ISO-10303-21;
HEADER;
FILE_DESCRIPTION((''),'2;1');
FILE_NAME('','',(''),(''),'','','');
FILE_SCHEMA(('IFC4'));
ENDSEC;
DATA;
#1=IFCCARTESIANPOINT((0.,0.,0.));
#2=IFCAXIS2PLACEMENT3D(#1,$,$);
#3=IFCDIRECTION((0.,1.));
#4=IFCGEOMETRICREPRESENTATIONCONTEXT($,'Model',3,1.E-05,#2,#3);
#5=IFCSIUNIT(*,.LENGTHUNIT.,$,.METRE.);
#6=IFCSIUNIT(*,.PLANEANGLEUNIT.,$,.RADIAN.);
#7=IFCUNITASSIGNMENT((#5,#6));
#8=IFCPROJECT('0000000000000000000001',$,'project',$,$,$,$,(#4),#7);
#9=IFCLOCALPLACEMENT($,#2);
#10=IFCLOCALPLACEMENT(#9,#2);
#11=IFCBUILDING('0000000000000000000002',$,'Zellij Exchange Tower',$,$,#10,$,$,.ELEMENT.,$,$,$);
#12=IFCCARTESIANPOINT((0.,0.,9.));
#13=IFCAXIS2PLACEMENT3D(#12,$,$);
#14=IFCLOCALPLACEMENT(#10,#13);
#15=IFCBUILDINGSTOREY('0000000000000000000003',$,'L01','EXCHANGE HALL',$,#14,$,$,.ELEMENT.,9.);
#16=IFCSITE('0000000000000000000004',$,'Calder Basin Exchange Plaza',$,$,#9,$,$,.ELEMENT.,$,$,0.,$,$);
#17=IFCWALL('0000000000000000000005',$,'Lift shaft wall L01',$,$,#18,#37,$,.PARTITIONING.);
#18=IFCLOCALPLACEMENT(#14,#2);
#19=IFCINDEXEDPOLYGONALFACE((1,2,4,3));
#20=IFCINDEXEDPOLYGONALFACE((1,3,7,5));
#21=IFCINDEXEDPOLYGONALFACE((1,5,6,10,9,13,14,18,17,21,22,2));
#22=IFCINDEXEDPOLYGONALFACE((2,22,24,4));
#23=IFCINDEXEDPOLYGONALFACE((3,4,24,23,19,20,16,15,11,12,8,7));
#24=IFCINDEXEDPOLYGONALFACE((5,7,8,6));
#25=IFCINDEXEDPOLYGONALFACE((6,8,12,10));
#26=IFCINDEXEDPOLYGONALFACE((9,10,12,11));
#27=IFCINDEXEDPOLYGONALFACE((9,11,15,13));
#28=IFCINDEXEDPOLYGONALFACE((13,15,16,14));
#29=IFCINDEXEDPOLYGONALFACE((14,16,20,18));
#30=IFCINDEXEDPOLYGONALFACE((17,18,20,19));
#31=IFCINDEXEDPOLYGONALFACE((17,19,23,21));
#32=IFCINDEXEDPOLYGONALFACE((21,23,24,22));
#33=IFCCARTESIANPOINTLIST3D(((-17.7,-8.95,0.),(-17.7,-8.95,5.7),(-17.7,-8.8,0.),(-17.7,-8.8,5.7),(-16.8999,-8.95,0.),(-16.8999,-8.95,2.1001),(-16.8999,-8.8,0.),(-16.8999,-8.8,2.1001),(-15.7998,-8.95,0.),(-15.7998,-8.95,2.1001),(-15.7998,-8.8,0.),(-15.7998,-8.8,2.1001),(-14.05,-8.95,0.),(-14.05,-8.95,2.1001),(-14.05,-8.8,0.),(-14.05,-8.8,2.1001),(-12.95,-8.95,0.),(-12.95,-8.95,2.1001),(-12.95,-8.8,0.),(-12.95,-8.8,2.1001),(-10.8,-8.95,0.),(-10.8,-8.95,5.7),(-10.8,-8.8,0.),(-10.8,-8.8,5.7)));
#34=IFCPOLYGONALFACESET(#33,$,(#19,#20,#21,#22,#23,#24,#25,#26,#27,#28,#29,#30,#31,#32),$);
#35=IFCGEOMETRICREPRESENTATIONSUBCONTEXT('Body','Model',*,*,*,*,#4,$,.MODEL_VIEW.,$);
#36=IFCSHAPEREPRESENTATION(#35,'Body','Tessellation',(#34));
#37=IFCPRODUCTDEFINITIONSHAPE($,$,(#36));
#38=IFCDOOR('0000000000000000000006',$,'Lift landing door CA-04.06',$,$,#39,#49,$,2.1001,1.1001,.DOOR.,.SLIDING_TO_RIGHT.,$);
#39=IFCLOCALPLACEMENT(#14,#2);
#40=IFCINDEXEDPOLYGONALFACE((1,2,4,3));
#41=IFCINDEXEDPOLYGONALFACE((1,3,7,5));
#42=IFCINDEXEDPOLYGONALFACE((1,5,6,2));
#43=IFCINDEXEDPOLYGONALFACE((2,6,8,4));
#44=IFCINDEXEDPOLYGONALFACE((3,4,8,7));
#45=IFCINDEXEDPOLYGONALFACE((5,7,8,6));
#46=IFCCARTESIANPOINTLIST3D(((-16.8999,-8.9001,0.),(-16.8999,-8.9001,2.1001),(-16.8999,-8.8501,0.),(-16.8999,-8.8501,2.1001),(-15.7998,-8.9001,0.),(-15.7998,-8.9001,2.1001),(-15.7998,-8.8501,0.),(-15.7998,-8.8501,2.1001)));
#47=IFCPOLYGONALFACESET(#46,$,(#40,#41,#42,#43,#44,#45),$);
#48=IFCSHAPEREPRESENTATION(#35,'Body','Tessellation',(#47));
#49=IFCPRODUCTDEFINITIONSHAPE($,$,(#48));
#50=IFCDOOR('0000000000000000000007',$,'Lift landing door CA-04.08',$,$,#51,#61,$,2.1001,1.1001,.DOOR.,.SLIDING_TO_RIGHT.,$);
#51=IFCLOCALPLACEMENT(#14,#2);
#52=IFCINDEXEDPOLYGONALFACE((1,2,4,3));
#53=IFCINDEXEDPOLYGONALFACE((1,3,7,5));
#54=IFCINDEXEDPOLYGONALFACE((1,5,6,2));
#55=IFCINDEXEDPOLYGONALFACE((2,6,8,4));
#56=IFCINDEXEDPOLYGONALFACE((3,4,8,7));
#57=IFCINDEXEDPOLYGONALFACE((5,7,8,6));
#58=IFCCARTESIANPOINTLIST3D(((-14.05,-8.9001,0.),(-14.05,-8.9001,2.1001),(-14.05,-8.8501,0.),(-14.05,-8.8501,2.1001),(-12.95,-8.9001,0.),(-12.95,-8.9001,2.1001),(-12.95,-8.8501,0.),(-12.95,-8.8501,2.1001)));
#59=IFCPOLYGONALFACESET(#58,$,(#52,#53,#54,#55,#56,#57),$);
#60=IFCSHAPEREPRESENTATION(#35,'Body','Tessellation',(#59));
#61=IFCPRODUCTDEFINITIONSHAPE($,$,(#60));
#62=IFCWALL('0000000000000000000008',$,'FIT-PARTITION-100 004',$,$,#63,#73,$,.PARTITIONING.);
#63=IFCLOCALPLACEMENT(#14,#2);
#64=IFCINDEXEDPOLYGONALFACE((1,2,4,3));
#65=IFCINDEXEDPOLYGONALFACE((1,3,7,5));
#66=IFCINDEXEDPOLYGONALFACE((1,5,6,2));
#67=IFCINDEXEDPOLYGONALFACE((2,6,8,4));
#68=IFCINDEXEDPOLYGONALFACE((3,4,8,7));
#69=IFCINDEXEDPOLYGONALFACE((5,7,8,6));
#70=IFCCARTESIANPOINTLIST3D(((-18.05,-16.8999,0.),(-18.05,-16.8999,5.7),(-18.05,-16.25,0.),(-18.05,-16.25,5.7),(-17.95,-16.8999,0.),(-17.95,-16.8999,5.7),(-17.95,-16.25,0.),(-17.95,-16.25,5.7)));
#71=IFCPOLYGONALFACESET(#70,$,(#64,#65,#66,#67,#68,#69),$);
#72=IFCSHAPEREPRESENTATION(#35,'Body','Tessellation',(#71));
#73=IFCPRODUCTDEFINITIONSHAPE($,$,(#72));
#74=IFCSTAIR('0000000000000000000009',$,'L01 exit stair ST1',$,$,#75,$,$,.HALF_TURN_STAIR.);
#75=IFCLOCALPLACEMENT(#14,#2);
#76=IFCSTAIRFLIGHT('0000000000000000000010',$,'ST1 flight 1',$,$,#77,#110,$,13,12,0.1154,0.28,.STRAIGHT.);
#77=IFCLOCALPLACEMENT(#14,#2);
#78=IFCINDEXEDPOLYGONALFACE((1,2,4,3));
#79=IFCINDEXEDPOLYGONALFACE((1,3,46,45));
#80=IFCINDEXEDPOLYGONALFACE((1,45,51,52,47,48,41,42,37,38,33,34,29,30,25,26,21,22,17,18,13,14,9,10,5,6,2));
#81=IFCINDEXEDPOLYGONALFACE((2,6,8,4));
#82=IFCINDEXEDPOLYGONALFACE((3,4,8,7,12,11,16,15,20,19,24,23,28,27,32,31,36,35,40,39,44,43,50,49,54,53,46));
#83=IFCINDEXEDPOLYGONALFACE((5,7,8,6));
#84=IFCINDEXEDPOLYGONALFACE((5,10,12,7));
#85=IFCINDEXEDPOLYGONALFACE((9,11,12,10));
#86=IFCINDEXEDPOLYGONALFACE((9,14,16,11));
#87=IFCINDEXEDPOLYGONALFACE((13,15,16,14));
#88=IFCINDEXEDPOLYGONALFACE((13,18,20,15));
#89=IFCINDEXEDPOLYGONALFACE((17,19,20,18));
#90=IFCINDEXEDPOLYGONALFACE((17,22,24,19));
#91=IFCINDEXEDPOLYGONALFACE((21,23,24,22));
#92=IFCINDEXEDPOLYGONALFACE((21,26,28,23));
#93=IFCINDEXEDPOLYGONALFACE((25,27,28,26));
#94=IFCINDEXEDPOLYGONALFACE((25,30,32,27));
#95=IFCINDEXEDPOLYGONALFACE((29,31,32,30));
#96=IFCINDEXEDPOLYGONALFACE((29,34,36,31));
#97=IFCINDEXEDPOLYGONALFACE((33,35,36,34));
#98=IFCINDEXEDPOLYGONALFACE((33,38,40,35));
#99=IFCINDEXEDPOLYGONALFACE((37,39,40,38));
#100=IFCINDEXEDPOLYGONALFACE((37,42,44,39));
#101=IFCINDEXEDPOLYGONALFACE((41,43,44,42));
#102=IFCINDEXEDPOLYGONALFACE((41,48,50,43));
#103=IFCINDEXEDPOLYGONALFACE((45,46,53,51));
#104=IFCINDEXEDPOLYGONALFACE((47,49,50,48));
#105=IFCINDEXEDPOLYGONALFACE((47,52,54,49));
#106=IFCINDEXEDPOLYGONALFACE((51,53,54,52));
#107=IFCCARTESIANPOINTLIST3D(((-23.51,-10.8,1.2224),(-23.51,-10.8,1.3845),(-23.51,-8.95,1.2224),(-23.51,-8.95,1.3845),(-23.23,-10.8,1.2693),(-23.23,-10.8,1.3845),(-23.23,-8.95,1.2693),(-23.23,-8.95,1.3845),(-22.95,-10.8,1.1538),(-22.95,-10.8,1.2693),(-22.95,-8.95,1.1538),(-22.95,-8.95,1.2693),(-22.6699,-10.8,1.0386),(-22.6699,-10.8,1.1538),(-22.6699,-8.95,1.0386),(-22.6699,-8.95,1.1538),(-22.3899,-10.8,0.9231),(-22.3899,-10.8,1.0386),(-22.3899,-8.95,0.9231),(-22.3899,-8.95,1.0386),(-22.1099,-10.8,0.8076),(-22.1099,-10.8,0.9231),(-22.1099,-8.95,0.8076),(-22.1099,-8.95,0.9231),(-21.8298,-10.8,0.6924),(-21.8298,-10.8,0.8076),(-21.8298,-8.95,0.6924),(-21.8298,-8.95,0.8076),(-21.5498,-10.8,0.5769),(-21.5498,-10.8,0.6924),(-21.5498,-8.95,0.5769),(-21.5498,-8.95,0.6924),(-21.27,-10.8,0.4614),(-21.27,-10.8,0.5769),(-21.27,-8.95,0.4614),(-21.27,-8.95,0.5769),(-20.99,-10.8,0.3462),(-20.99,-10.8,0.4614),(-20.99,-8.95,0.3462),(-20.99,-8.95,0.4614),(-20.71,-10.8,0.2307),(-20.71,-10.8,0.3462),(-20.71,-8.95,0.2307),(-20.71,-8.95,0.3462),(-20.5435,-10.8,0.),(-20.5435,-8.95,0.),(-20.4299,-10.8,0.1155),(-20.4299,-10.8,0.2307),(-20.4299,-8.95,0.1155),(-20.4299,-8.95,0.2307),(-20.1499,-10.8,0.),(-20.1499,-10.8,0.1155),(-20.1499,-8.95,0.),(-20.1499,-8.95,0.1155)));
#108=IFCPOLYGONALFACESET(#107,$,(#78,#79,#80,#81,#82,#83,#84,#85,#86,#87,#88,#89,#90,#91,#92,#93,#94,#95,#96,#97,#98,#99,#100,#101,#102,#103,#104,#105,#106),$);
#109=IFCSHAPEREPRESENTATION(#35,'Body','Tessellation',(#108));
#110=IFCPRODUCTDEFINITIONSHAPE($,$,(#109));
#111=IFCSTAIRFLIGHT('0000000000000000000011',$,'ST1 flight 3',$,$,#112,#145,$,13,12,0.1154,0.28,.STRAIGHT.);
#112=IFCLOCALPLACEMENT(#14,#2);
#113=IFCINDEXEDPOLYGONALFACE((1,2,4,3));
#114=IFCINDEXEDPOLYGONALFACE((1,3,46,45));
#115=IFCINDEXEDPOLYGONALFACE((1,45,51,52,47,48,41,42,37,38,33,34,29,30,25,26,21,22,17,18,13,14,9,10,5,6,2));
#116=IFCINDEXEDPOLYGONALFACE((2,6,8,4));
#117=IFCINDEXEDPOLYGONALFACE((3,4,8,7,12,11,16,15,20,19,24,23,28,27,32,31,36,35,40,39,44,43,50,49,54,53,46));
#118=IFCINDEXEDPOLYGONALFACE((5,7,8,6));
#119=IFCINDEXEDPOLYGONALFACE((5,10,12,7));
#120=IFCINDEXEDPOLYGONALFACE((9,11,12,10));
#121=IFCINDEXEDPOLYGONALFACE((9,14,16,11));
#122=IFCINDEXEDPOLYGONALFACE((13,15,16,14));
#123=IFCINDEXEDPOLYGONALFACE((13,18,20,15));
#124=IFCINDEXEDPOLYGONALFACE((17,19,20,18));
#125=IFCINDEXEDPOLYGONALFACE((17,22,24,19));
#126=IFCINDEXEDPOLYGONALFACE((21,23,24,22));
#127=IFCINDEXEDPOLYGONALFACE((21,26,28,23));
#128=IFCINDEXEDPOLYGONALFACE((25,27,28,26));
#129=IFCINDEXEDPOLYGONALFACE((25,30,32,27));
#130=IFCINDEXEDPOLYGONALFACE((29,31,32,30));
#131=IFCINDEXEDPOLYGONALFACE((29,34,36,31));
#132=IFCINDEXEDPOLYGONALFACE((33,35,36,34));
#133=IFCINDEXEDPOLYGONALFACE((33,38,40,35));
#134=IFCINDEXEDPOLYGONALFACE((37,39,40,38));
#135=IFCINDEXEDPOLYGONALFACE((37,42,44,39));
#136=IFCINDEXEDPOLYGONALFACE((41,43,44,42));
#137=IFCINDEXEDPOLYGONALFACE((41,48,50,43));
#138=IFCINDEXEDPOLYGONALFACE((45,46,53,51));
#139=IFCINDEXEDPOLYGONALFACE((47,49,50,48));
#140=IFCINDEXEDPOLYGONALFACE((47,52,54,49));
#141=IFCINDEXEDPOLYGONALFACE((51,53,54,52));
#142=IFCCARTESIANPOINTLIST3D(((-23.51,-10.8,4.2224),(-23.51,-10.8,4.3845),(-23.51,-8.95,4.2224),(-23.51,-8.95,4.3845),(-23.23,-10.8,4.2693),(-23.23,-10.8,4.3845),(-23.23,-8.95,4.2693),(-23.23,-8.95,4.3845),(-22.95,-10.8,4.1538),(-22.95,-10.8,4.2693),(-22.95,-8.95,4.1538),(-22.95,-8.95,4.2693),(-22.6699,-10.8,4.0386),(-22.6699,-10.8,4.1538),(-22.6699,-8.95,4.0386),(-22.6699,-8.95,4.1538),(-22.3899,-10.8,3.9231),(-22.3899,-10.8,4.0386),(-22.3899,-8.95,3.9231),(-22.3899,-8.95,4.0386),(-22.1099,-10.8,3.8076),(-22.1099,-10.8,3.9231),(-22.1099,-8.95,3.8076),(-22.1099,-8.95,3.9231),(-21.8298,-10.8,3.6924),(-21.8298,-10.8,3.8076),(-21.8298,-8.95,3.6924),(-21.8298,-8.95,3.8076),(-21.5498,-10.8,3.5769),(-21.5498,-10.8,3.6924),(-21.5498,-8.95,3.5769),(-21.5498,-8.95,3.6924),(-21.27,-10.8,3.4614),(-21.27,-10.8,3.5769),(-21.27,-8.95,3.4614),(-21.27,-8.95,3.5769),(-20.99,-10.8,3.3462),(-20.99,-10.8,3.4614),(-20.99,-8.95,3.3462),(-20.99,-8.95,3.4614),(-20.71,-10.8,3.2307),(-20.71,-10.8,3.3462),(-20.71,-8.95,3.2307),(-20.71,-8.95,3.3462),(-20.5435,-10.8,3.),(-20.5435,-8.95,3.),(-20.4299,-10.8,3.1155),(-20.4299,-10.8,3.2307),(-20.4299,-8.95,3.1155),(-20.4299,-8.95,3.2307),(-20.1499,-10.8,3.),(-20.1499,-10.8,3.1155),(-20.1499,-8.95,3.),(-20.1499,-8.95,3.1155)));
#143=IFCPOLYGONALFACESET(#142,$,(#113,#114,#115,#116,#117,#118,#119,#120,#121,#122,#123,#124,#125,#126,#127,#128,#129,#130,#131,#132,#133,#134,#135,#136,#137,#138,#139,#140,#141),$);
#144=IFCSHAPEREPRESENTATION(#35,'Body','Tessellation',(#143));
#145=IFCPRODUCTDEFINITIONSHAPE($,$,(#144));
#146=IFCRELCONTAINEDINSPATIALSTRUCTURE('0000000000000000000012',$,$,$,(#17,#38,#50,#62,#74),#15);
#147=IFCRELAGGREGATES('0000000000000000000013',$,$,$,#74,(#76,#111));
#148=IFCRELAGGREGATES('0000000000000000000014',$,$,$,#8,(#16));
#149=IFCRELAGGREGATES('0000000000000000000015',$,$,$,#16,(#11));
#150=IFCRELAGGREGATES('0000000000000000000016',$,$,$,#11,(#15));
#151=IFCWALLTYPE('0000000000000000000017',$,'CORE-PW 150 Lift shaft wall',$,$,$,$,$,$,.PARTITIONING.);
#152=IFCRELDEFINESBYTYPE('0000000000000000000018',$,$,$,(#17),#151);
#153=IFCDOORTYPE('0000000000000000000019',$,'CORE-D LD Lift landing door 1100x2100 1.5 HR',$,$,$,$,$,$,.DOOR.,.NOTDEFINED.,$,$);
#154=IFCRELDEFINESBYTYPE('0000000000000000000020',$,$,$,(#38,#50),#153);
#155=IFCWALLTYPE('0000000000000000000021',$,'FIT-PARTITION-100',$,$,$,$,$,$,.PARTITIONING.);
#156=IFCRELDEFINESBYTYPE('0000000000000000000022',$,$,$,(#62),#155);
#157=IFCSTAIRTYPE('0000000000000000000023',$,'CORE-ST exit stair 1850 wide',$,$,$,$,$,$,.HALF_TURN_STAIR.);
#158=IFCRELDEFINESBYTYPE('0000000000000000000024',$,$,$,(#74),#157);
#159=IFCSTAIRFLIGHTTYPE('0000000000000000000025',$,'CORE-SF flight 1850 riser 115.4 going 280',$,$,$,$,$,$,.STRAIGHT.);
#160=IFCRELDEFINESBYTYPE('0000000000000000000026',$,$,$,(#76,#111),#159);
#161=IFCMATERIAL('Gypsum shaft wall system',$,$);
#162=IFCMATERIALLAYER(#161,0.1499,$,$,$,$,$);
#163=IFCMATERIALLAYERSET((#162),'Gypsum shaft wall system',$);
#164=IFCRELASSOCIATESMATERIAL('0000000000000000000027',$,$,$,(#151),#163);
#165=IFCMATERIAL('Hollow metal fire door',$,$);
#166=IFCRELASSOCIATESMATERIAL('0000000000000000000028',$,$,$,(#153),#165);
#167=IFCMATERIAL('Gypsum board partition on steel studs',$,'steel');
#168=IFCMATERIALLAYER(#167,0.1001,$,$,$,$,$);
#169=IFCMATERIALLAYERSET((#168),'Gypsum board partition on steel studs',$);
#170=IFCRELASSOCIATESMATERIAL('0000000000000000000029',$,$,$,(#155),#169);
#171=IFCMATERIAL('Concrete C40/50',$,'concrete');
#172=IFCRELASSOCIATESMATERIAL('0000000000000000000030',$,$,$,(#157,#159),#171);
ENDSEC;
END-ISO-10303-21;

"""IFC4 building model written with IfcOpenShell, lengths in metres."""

from ifc_helpers import new_model, si_unit, direction, frame, frame_2d, origin, place, context, subcontext, project, spatial, polyline, rectangle, outline, extrude, material, layer, layer_set, type_object, element, fill, aggregate, save


model = new_model("IFC4")

# Units and contexts
model_context = context("Model", 3, precision=1e-05, world=origin(), true_north=direction((0.0, 1.0)))
body_context = subcontext(model_context, "Body", "Model", "MODEL_VIEW")
ifc_project = project(units=[si_unit("LENGTHUNIT", "METRE"), si_unit("PLANEANGLEUNIT", "RADIAN")], contexts=[model_context])

# Site, building, storey
site_placement = place(None, origin())
site = spatial("IfcSite", under=ifc_project, at=site_placement, Name="Calder Basin Exchange Plaza", CompositionType="ELEMENT", RefElevation=0.0)
building_placement = place(site_placement, origin())
building = spatial("IfcBuilding", under=site, at=building_placement, Name="Zellij Exchange Tower", CompositionType="ELEMENT")
storey_placement = place(building_placement, frame((0.0, 0.0, 9.0)))
storey = spatial("IfcBuildingStorey", under=building, at=storey_placement, Name="L01", Description="EXCHANGE HALL", CompositionType="ELEMENT", Elevation=9.0)

# Shared definitions
ifc_material_1 = material(Name="Hollow metal fire door")

# Shared definitions
ifc_material_2 = material(Name="Gypsum shaft wall system")
ifc_layer_1 = layer(ifc_material_2, 0.1499)
ifc_layer_set_1 = layer_set([ifc_layer_1], Name="Gypsum shaft wall system")
wall_type_1 = type_object("IfcWallType", Name="CORE-PW 150 Lift shaft wall", PredefinedType="PARTITIONING", material=ifc_layer_set_1)

# Wall, openings, doors
wall_1_placement = place(storey_placement, frame((-17.7, -8.875, 0.0), z_axis=(0.0, 0.0, 1.0), x_axis=(1.0, 0.0, 0.0)))
wall_1 = element("IfcWall", 1, at=wall_1_placement, inside=storey, type_object=wall_type_1, Name="Lift shaft wall L01", PredefinedType="PARTITIONING", context=body_context, shape_type="SweptSolid", body=[
    extrude(rectangle(XDim=6.8999, YDim=0.1499, at=frame_2d((3.45, 0.0))), origin(), (0.0, 0.0, 1.0), 5.7),
])
opening_1_placement = place(wall_1_placement, frame((0.8, 0.0, 0.0)))
opening_1 = element("IfcOpeningElement", 2, at=opening_1_placement, cuts=wall_1, PredefinedType="OPENING", context=body_context, shape_type="SweptSolid", body=[
    extrude(rectangle(XDim=1.1001, YDim=2.1001, at=frame_2d((0.55, 1.05))), frame((0.0, 0.0869, 0.0), z_axis=(0.0, -1.0, 0.0), x_axis=(1.0, 0.0, 0.0)), (0.0, 0.0, 1.0), 0.1738),
])
opening_2_placement = place(wall_1_placement, frame((3.6499, 0.0, 0.0)))
opening_2 = element("IfcOpeningElement", 3, at=opening_2_placement, cuts=wall_1, PredefinedType="OPENING", context=body_context, shape_type="SweptSolid", body=[
    extrude(rectangle(XDim=1.1001, YDim=2.1001, at=frame_2d((0.55, 1.05))), frame((0.0, 0.0869, 0.0), z_axis=(0.0, -1.0, 0.0), x_axis=(1.0, 0.0, 0.0)), (0.0, 0.0, 1.0), 0.1738),
])
door_type_1 = type_object("IfcDoorType", Name="CORE-D LD Lift landing door 1100x2100 1.5 HR", OperationType="NOTDEFINED", PredefinedType="DOOR", material=ifc_material_1)
door_1_placement = place(opening_1_placement, origin())
door_1 = element("IfcDoor", 4, at=door_1_placement, inside=storey, type_object=door_type_1, Name="Lift landing door CA-04.06", OperationType="SLIDING_TO_RIGHT", OverallHeight=2.1001, OverallWidth=1.1001, PredefinedType="DOOR", context=body_context, shape_type="SweptSolid", body=[
    extrude(rectangle(XDim=1.1001, YDim=2.1001, at=frame_2d((0.55, 1.05))), frame((0.0, 0.0249, 0.0), z_axis=(0.0, -1.0, 0.0), x_axis=(1.0, 0.0, 0.0)), (0.0, 0.0, 1.0), 0.05),
])
fill(opening_1, door_1)
door_2_placement = place(opening_2_placement, origin())
door_2 = element("IfcDoor", 5, at=door_2_placement, inside=storey, type_object=door_type_1, Name="Lift landing door CA-04.08", OperationType="SLIDING_TO_RIGHT", OverallHeight=2.1001, OverallWidth=1.1001, PredefinedType="DOOR", context=body_context, shape_type="SweptSolid", body=[
    extrude(rectangle(XDim=1.1001, YDim=2.1001, at=frame_2d((0.55, 1.05))), frame((0.0, 0.0249, 0.0), z_axis=(0.0, -1.0, 0.0), x_axis=(1.0, 0.0, 0.0)), (0.0, 0.0, 1.0), 0.05),
])
fill(opening_2, door_2)

# Wall
ifc_material_3 = material(Name="Gypsum board partition on steel studs", Category="steel")
ifc_layer_2 = layer(ifc_material_3, 0.1001)
ifc_layer_set_2 = layer_set([ifc_layer_2], Name="Gypsum board partition on steel studs")
wall_type_2 = type_object("IfcWallType", Name="FIT-PARTITION-100", PredefinedType="PARTITIONING", material=ifc_layer_set_2)
wall_2_placement = place(storey_placement, frame((-18.0, -16.8999, 0.0), z_axis=(0.0, 0.0, 1.0), x_axis=(0.0, 1.0, 0.0)))
element("IfcWall", 6, at=wall_2_placement, inside=storey, type_object=wall_type_2, Name="FIT-PARTITION-100 004", PredefinedType="PARTITIONING", context=body_context, shape_type="SweptSolid", body=[
    extrude(rectangle(XDim=0.6499, YDim=0.1001, at=frame_2d((0.325, 0.0))), origin(), (0.0, 0.0, 1.0), 5.7),
])

# Stair, stair flights
ifc_material_4 = material(Name="Concrete C40/50", Category="concrete")
stair_type = type_object("IfcStairType", Name="CORE-ST exit stair 1850 wide", PredefinedType="HALF_TURN_STAIR", material=ifc_material_4)
stair_placement = place(storey_placement, origin())
stair = element("IfcStair", 7, at=stair_placement, inside=storey, type_object=stair_type, Name="L01 exit stair ST1", PredefinedType="HALF_TURN_STAIR")
stair_flight_type = type_object("IfcStairFlightType", Name="CORE-SF flight 1850 riser 115.4 going 280", PredefinedType="STRAIGHT", material=ifc_material_4)
stair_flight_1_placement = place(storey_placement, frame((-20.1499, -9.875, 0.0), z_axis=(0.0, 0.0, 1.0), x_axis=(-1.0, 0.0, 0.0)))
stair_flight_1 = element("IfcStairFlight", 8, at=stair_flight_1_placement, type_object=stair_flight_type, Name="ST1 flight 1", NumberOfRisers=13, NumberOfTreads=12, PredefinedType="STRAIGHT", RiserHeight=0.1154, TreadLength=0.28, context=body_context, shape_type="SweptSolid", body=[
    extrude(outline(polyline([(0.0, 0.0), (0.0, 0.1155), (0.28, 0.1155), (0.28, 0.2307), (0.5601, 0.2307), (0.5601, 0.3462), (0.8401, 0.3462), (0.8401, 0.4614), (1.1201, 0.4614), (1.1201, 0.5769), (1.3999, 0.5769), (1.3999, 0.6924), (1.6799, 0.6924), (1.6799, 0.8076), (1.96, 0.8076), (1.96, 0.9231), (2.24, 0.9231), (2.24, 1.0386), (2.52, 1.0386), (2.52, 1.1538), (2.8, 1.1538), (2.8, 1.2693), (3.0801, 1.2693), (3.0801, 1.3845), (3.3601, 1.3845), (3.3601, 1.5), (3.3601, 1.2224), (0.3936, 0.0), (0.0, 0.0)])), frame((0.0, 0.925, 0.0), z_axis=(0.0, -1.0, 0.0), x_axis=(1.0, 0.0, 0.0)), (0.0, 0.0, 1.0), 1.8501),
])
stair_flight_2_placement = place(storey_placement, frame((-20.1499, -9.875, 3.0), z_axis=(0.0, 0.0, 1.0), x_axis=(-1.0, 0.0, 0.0)))
stair_flight_2 = element("IfcStairFlight", 9, at=stair_flight_2_placement, type_object=stair_flight_type, Name="ST1 flight 3", NumberOfRisers=13, NumberOfTreads=12, PredefinedType="STRAIGHT", RiserHeight=0.1154, TreadLength=0.28, context=body_context, shape_type="SweptSolid", body=[
    extrude(outline(polyline([(0.0, 0.0), (0.0, 0.1155), (0.28, 0.1155), (0.28, 0.2307), (0.5601, 0.2307), (0.5601, 0.3462), (0.8401, 0.3462), (0.8401, 0.4614), (1.1201, 0.4614), (1.1201, 0.5769), (1.3999, 0.5769), (1.3999, 0.6924), (1.6799, 0.6924), (1.6799, 0.8076), (1.96, 0.8076), (1.96, 0.9231), (2.24, 0.9231), (2.24, 1.0386), (2.52, 1.0386), (2.52, 1.1538), (2.8, 1.1538), (2.8, 1.2693), (3.0801, 1.2693), (3.0801, 1.3845), (3.3601, 1.3845), (3.3601, 1.5), (3.3601, 1.2224), (0.3936, 0.0), (0.0, 0.0)])), frame((0.0, 0.925, 0.0), z_axis=(0.0, -1.0, 0.0), x_axis=(1.0, 0.0, 0.0)), (0.0, 0.0, 1.0), 1.8501),
])
aggregate(stair, [stair_flight_1, stair_flight_2])

save(model, "model.ifc")
